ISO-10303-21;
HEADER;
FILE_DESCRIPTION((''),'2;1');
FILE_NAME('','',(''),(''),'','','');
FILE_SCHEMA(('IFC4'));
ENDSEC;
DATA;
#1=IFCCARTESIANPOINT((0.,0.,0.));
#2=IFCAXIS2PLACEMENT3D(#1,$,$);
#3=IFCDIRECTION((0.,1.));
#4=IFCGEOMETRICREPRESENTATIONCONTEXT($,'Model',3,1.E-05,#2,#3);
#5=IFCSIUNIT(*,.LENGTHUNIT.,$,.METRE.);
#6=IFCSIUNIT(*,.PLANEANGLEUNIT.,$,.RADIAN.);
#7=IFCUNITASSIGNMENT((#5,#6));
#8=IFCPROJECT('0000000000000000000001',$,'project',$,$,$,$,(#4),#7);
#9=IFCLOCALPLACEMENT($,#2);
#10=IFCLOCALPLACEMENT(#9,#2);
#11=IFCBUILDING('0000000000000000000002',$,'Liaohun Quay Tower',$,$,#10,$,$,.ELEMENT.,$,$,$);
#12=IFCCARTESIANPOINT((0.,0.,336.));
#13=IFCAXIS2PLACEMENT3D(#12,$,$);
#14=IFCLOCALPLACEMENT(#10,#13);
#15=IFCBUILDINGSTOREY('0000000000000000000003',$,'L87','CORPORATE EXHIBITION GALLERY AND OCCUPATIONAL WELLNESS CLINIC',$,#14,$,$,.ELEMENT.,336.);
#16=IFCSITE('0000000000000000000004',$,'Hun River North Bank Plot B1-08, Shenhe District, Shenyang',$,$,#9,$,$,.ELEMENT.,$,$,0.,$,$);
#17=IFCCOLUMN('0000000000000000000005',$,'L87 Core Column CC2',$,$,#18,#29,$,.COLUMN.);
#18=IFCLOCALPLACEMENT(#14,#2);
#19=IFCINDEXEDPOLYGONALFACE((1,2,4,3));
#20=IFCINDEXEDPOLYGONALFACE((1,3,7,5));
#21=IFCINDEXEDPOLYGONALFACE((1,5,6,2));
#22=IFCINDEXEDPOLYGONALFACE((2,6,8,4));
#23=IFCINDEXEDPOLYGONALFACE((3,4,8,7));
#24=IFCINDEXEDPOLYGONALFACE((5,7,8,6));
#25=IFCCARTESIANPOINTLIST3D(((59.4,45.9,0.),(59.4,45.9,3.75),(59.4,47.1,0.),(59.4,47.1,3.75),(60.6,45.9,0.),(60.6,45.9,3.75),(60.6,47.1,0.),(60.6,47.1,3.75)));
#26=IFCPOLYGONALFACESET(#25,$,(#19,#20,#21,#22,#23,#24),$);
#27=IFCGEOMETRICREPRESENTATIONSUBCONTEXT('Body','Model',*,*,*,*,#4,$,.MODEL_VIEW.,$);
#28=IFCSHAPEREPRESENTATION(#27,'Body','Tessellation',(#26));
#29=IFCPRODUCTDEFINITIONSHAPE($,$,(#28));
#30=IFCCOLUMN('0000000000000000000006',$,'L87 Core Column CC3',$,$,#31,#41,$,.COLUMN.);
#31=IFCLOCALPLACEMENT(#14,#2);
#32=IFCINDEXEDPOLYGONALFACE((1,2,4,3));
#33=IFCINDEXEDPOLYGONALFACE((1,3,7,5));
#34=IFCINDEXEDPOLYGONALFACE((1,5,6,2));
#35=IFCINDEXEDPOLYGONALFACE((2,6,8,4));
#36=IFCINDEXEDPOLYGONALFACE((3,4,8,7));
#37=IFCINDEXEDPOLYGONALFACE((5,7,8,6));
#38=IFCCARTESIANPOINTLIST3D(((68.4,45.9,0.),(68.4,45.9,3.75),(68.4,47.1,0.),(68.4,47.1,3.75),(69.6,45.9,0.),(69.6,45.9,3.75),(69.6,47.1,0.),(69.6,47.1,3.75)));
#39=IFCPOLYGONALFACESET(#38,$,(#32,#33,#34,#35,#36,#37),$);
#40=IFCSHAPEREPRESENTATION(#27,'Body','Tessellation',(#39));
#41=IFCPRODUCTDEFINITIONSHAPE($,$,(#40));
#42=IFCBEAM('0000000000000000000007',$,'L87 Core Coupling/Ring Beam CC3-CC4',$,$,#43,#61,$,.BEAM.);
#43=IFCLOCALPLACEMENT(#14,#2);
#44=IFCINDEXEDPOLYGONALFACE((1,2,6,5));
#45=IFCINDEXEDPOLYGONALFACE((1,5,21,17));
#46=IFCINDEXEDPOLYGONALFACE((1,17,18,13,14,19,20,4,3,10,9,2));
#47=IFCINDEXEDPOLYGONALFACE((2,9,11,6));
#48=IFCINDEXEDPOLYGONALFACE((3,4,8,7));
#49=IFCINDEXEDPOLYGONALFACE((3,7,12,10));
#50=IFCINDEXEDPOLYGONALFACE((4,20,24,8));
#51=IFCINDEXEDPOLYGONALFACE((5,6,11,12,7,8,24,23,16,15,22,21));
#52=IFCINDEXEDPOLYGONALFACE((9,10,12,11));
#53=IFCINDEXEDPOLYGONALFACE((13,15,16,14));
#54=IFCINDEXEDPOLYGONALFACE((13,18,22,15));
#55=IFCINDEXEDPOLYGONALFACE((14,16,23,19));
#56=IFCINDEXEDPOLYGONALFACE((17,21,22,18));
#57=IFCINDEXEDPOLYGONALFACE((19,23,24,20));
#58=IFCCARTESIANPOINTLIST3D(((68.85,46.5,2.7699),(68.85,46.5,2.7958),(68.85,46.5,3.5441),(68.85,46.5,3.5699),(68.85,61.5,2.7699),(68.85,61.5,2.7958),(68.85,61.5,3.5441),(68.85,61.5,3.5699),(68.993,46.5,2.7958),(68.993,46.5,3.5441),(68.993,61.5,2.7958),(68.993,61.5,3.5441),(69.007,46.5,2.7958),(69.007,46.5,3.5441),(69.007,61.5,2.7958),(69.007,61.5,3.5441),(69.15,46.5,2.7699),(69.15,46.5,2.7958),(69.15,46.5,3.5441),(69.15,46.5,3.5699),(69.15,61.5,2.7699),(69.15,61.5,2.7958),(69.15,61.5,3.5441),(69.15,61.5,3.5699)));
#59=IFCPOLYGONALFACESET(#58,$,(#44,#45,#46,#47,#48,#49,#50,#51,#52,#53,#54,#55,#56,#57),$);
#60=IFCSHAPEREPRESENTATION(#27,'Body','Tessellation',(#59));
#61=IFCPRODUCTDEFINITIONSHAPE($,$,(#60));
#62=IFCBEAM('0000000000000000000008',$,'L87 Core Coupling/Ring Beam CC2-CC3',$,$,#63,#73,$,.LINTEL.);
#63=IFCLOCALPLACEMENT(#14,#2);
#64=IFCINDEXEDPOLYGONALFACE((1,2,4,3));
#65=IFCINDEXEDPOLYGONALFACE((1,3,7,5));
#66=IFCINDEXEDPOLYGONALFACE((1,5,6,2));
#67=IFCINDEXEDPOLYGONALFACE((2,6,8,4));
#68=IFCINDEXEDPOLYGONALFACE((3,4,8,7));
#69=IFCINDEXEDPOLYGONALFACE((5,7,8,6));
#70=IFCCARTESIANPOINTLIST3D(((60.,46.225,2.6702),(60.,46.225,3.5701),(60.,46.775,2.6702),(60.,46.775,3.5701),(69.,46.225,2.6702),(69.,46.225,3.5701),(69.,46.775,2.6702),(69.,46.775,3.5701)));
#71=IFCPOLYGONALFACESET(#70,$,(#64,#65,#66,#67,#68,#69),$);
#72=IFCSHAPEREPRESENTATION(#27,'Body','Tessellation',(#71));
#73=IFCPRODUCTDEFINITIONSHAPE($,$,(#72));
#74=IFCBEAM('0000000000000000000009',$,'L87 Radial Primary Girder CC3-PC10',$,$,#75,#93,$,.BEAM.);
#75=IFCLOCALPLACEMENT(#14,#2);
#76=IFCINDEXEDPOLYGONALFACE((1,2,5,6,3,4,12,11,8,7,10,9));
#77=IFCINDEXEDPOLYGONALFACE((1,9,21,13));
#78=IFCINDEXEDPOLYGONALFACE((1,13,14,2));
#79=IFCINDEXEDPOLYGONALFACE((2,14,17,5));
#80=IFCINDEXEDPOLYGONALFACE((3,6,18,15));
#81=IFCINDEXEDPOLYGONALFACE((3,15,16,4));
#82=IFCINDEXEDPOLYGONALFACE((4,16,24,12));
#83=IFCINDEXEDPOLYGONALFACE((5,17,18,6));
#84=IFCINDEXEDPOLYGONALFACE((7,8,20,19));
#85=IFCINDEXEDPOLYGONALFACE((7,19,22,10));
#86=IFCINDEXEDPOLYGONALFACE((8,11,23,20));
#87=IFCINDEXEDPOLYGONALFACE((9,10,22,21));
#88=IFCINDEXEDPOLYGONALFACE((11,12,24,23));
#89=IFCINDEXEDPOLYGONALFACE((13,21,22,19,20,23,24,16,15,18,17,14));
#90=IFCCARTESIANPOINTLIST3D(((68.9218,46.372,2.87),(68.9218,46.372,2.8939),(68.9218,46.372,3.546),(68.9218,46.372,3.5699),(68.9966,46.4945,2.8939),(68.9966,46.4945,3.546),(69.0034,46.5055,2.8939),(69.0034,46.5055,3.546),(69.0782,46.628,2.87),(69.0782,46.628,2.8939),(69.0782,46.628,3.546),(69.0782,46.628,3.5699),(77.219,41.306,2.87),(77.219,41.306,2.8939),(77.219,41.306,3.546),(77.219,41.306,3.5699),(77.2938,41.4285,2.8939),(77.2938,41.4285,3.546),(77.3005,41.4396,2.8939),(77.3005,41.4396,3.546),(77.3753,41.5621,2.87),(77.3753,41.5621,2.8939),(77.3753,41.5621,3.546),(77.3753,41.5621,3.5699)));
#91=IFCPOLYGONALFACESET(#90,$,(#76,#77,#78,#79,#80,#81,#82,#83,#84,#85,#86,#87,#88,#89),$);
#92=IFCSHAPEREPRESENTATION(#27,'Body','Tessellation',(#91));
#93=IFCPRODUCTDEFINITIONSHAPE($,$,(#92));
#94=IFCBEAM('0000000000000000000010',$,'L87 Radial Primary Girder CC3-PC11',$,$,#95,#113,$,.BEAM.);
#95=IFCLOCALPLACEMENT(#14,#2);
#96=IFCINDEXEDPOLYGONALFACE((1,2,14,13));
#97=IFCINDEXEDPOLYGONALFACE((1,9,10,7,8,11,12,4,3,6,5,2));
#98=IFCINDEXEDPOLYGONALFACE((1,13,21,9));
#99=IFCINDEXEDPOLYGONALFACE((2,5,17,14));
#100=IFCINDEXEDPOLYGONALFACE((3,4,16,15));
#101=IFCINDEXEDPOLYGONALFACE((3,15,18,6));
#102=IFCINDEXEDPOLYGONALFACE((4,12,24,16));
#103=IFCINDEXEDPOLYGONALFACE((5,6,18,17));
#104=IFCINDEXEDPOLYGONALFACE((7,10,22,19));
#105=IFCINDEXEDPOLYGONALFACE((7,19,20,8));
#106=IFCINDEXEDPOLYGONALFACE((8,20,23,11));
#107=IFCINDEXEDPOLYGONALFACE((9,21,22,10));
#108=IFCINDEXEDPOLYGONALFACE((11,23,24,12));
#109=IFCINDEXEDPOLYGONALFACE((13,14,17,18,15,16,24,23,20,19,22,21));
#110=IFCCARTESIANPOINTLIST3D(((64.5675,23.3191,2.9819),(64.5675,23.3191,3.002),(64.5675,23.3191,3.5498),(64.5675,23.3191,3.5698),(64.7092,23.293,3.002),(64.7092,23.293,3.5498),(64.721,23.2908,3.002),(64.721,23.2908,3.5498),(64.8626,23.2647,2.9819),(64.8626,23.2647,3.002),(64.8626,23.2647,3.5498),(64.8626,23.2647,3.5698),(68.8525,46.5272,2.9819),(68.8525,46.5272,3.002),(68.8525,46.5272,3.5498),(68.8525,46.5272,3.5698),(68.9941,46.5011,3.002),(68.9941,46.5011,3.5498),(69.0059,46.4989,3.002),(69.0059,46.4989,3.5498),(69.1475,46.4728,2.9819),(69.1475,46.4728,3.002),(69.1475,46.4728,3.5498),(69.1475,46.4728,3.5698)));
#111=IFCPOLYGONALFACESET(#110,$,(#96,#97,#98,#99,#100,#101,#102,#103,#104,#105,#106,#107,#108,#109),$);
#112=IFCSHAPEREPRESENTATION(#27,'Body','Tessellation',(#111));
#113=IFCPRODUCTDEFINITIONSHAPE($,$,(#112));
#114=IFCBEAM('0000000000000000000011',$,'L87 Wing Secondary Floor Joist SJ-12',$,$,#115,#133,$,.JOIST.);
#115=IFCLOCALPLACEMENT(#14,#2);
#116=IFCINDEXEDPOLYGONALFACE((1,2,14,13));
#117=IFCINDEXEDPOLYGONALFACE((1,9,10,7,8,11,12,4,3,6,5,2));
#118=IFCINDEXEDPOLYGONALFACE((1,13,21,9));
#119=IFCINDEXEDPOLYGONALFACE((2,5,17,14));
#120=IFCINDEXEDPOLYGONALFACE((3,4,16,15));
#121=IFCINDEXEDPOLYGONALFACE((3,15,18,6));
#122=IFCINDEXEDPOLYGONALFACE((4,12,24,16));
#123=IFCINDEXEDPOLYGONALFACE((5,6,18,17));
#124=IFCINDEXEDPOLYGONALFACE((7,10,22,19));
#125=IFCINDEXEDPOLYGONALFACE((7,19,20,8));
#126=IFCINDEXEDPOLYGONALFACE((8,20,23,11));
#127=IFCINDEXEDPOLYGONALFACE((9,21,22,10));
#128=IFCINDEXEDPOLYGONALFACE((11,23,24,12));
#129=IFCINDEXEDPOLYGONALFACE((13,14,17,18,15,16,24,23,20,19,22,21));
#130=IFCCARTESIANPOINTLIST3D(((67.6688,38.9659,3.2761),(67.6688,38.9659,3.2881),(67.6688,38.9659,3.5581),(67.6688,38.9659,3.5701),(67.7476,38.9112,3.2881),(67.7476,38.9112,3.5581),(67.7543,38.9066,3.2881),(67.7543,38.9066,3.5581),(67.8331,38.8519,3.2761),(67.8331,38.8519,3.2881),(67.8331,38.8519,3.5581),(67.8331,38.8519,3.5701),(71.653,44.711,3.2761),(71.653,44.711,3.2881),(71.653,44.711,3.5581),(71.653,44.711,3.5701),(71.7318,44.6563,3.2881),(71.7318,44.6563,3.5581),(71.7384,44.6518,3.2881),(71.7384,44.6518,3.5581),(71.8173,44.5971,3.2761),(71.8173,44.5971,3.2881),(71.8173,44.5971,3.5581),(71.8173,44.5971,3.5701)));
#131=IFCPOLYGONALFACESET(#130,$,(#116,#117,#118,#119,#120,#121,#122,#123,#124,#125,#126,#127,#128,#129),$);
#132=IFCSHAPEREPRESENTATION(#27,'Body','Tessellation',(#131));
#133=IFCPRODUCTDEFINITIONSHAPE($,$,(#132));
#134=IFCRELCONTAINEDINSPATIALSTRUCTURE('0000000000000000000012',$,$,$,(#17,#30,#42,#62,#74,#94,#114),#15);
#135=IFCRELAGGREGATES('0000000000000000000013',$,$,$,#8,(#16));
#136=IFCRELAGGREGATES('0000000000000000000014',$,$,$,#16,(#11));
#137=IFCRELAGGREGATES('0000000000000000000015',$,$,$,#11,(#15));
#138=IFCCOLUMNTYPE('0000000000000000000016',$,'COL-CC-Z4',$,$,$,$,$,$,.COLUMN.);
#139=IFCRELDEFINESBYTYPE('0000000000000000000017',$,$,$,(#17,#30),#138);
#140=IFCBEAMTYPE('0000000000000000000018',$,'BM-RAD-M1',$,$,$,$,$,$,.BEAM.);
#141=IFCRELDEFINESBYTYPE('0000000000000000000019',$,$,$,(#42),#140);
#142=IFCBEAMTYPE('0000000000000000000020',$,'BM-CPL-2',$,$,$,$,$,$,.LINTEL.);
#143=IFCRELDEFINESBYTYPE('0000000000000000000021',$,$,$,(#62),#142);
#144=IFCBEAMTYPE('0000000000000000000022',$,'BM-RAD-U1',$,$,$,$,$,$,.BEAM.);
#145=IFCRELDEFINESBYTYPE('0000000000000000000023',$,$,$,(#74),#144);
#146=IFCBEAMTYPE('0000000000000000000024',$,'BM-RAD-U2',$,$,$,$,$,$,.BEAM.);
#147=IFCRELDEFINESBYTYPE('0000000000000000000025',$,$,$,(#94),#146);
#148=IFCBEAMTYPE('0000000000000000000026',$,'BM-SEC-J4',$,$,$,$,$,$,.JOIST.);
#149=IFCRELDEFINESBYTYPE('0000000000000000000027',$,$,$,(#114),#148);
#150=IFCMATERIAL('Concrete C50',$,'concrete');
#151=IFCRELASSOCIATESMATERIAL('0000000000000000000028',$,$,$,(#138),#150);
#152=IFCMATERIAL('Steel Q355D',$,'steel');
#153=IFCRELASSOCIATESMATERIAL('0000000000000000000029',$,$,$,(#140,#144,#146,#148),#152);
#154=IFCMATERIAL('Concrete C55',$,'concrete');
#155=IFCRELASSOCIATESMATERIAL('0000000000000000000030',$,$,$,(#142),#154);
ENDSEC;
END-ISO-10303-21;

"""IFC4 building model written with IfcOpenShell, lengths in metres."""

from ifc_helpers import new_model, si_unit, direction, frame, origin, origin_2d, place, context, subcontext, project, spatial, rectangle, i_section, extrude, source, transform, mapped, material, material_profile, profile_set, type_object, element, save


model = new_model("IFC4")

# Units and contexts
model_context = context("Model", 3, precision=1e-05, world=origin(), true_north=direction((0.0, 1.0)))
body_context = subcontext(model_context, "Body", "Model", "MODEL_VIEW")
ifc_project = project(units=[si_unit("LENGTHUNIT", "METRE"), si_unit("PLANEANGLEUNIT", "RADIAN")], contexts=[model_context])

# Site, building, storey
site_placement = place(None, origin())
site = spatial("IfcSite", under=ifc_project, at=site_placement, Name="Hun River North Bank Plot B1-08, Shenhe District, Shenyang", CompositionType="ELEMENT", RefElevation=0.0)
building_placement = place(site_placement, origin())
building = spatial("IfcBuilding", under=site, at=building_placement, Name="Liaohun Quay Tower", CompositionType="ELEMENT")
storey_placement = place(building_placement, frame((0.0, 0.0, 336.0)))
storey = spatial("IfcBuildingStorey", under=building, at=storey_placement, Name="L87", Description="CORPORATE EXHIBITION GALLERY AND OCCUPATIONAL WELLNESS CLINIC", CompositionType="ELEMENT", Elevation=336.0)

# Columns
ifc_material_1 = material(Name="Concrete C50", Category="concrete")
ifc_material_profile_1 = material_profile(ifc_material_1, rectangle(XDim=1.2, YDim=1.2, at=origin_2d()), Name="RC1200x1200")
ifc_profile_set_1 = profile_set([ifc_material_profile_1], Name="Concrete C50")
column_type = type_object("IfcColumnType", Name="COL-CC-Z4", PredefinedType="COLUMN", material=ifc_profile_set_1)
shared_shape_1 = source(origin(), body_context, "Body", "SweptSolid", [
    extrude(rectangle(XDim=1.2, YDim=1.2, at=origin_2d()), origin(), (0.0, 0.0, 1.0), 3.75),
])
for number, where, z_axis, x_axis, name in (
    (1, (60.0, 46.5, 0.0), (0.0, 0.0, 1.0), (1.0, 0.0, 0.0), "L87 Core Column CC2"),
    (2, (69.0, 46.5, 0.0), (0.0, 0.0, 1.0), (1.0, 0.0, 0.0), "L87 Core Column CC3"),
):
    element("IfcColumn", number, at=place(storey_placement, frame(where, z_axis=z_axis, x_axis=x_axis)), inside=storey, type_object=column_type, Name=name, PredefinedType="COLUMN", context=body_context, shape_type="MappedRepresentation", body=[
        mapped(shared_shape_1, transform((0.0, 0.0, 0.0), x_axis=(1.0, 0.0, 0.0), y_axis=(0.0, 1.0, 0.0), z_axis=(0.0, 0.0, 1.0), scale=1.0)),
    ])

# Beams
ifc_material_2 = material(Name="Steel Q355D", Category="steel")
ifc_material_profile_2 = material_profile(ifc_material_2, i_section(OverallWidth=0.3, OverallDepth=0.8, WebThickness=0.0139, FlangeThickness=0.0259, at=origin_2d()), Name="HN800x300x14x26")
ifc_profile_set_2 = profile_set([ifc_material_profile_2], Name="Steel Q355D")
beam_type_1 = type_object("IfcBeamType", Name="BM-RAD-M1", PredefinedType="BEAM", material=ifc_profile_set_2)
shared_shape_2 = source(origin(), body_context, "Body", "SweptSolid", [
    extrude(i_section(OverallWidth=0.3, OverallDepth=0.8, WebThickness=0.0139, FlangeThickness=0.0259, at=origin_2d()), origin(), (0.0, 0.0, 1.0), 15.0),
])
beam_1_placement = place(storey_placement, frame((69.0, 46.5, 3.1699), z_axis=(0.0, 1.0, 0.0), x_axis=(-1.0, 0.0, 0.0)))
element("IfcBeam", 3, at=beam_1_placement, inside=storey, type_object=beam_type_1, Name="L87 Core Coupling/Ring Beam CC3-CC4", PredefinedType="BEAM", context=body_context, shape_type="MappedRepresentation", body=[
    mapped(shared_shape_2, transform((0.0, 0.0, 0.0), x_axis=(1.0, 0.0, 0.0), y_axis=(0.0, 1.0, 0.0), z_axis=(0.0, 0.0, 1.0), scale=1.0)),
])
ifc_material_3 = material(Name="Concrete C55", Category="concrete")
ifc_material_profile_3 = material_profile(ifc_material_3, rectangle(XDim=0.55, YDim=0.8999, at=origin_2d()), Name="RC550x900")
ifc_profile_set_3 = profile_set([ifc_material_profile_3], Name="Concrete C55")
beam_type_2 = type_object("IfcBeamType", Name="BM-CPL-2", PredefinedType="LINTEL", material=ifc_profile_set_3)
shared_shape_3 = source(origin(), body_context, "Body", "SweptSolid", [
    extrude(rectangle(XDim=0.55, YDim=0.8999, at=origin_2d()), origin(), (0.0, 0.0, 1.0), 9.0),
])
beam_2_placement = place(storey_placement, frame((60.0, 46.5, 3.1201), z_axis=(1.0, 0.0, 0.0), x_axis=(0.0, 1.0, 0.0)))
element("IfcBeam", 4, at=beam_2_placement, inside=storey, type_object=beam_type_2, Name="L87 Core Coupling/Ring Beam CC2-CC3", PredefinedType="LINTEL", context=body_context, shape_type="MappedRepresentation", body=[
    mapped(shared_shape_3, transform((0.0, 0.0, 0.0), x_axis=(1.0, 0.0, 0.0), y_axis=(0.0, 1.0, 0.0), z_axis=(0.0, 0.0, 1.0), scale=1.0)),
])
ifc_material_profile_4 = material_profile(ifc_material_2, i_section(OverallWidth=0.3, OverallDepth=0.7, WebThickness=0.0129, FlangeThickness=0.0239, at=origin_2d()), Name="HN700x300x13x24")
ifc_profile_set_4 = profile_set([ifc_material_profile_4], Name="Steel Q355D")
beam_type_3 = type_object("IfcBeamType", Name="BM-RAD-U1", PredefinedType="BEAM", material=ifc_profile_set_4)
shared_shape_4 = source(origin(), body_context, "Body", "SweptSolid", [
    extrude(i_section(OverallWidth=0.3, OverallDepth=0.7, WebThickness=0.0129, FlangeThickness=0.0239, at=origin_2d()), origin(), (0.0, 0.0, 1.0), 9.7214),
])
beam_3_placement = place(storey_placement, frame((69.0, 46.5, 3.22), z_axis=(0.85349, -0.52111, 0.0), x_axis=(0.52111, 0.85349, 0.0)))
element("IfcBeam", 5, at=beam_3_placement, inside=storey, type_object=beam_type_3, Name="L87 Radial Primary Girder CC3-PC10", PredefinedType="BEAM", context=body_context, shape_type="MappedRepresentation", body=[
    mapped(shared_shape_4, transform((0.0, 0.0, 0.0), x_axis=(1.0, 0.0, 0.0), y_axis=(0.0, 1.0, 0.0), z_axis=(0.0, 0.0, 1.0), scale=1.0)),
])
ifc_material_profile_5 = material_profile(ifc_material_2, i_section(OverallWidth=0.3, OverallDepth=0.5879, WebThickness=0.012, FlangeThickness=0.02, at=origin_2d()), Name="HM588x300x12x20")
ifc_profile_set_5 = profile_set([ifc_material_profile_5], Name="Steel Q355D")
beam_type_4 = type_object("IfcBeamType", Name="BM-RAD-U2", PredefinedType="BEAM", material=ifc_profile_set_5)
shared_shape_5 = source(origin(), body_context, "Body", "SweptSolid", [
    extrude(i_section(OverallWidth=0.3, OverallDepth=0.5879, WebThickness=0.012, FlangeThickness=0.02, at=origin_2d()), origin(), (0.0, 0.0, 1.0), 23.6003),
])
beam_4_placement = place(storey_placement, frame((69.0, 46.5, 3.2759), z_axis=(-0.181562, -0.983379, 0.0), x_axis=(0.983379, -0.181562, 0.0)))
element("IfcBeam", 6, at=beam_4_placement, inside=storey, type_object=beam_type_4, Name="L87 Radial Primary Girder CC3-PC11", PredefinedType="BEAM", context=body_context, shape_type="MappedRepresentation", body=[
    mapped(shared_shape_5, transform((0.0, 0.0, 0.0), x_axis=(1.0, 0.0, 0.0), y_axis=(0.0, 1.0, 0.0), z_axis=(0.0, 0.0, 1.0), scale=1.0)),
])
ifc_material_profile_6 = material_profile(ifc_material_2, i_section(OverallWidth=0.2, OverallDepth=0.2939, WebThickness=0.0081, FlangeThickness=0.012, at=origin_2d()), Name="HM294x200x8x12")
ifc_profile_set_6 = profile_set([ifc_material_profile_6], Name="Steel Q355D")
beam_type_5 = type_object("IfcBeamType", Name="BM-SEC-J4", PredefinedType="JOIST", material=ifc_profile_set_6)
shared_shape_6 = source(origin(), body_context, "Body", "SweptSolid", [
    extrude(i_section(OverallWidth=0.2, OverallDepth=0.2939, WebThickness=0.0081, FlangeThickness=0.012, at=origin_2d()), origin(), (0.0, 0.0, 1.0), 6.9915),
])
beam_5_placement = place(storey_placement, frame((71.7351, 44.6541, 3.4231), z_axis=(-0.569862, -0.821741, 0.0), x_axis=(0.821741, -0.569862, 0.0)))
element("IfcBeam", 7, at=beam_5_placement, inside=storey, type_object=beam_type_5, Name="L87 Wing Secondary Floor Joist SJ-12", PredefinedType="JOIST", context=body_context, shape_type="MappedRepresentation", body=[
    mapped(shared_shape_6, transform((0.0, 0.0, 0.0), x_axis=(1.0, 0.0, 0.0), y_axis=(0.0, 1.0, 0.0), z_axis=(0.0, 0.0, 1.0), scale=1.0)),
])

save(model, "model.ifc")
